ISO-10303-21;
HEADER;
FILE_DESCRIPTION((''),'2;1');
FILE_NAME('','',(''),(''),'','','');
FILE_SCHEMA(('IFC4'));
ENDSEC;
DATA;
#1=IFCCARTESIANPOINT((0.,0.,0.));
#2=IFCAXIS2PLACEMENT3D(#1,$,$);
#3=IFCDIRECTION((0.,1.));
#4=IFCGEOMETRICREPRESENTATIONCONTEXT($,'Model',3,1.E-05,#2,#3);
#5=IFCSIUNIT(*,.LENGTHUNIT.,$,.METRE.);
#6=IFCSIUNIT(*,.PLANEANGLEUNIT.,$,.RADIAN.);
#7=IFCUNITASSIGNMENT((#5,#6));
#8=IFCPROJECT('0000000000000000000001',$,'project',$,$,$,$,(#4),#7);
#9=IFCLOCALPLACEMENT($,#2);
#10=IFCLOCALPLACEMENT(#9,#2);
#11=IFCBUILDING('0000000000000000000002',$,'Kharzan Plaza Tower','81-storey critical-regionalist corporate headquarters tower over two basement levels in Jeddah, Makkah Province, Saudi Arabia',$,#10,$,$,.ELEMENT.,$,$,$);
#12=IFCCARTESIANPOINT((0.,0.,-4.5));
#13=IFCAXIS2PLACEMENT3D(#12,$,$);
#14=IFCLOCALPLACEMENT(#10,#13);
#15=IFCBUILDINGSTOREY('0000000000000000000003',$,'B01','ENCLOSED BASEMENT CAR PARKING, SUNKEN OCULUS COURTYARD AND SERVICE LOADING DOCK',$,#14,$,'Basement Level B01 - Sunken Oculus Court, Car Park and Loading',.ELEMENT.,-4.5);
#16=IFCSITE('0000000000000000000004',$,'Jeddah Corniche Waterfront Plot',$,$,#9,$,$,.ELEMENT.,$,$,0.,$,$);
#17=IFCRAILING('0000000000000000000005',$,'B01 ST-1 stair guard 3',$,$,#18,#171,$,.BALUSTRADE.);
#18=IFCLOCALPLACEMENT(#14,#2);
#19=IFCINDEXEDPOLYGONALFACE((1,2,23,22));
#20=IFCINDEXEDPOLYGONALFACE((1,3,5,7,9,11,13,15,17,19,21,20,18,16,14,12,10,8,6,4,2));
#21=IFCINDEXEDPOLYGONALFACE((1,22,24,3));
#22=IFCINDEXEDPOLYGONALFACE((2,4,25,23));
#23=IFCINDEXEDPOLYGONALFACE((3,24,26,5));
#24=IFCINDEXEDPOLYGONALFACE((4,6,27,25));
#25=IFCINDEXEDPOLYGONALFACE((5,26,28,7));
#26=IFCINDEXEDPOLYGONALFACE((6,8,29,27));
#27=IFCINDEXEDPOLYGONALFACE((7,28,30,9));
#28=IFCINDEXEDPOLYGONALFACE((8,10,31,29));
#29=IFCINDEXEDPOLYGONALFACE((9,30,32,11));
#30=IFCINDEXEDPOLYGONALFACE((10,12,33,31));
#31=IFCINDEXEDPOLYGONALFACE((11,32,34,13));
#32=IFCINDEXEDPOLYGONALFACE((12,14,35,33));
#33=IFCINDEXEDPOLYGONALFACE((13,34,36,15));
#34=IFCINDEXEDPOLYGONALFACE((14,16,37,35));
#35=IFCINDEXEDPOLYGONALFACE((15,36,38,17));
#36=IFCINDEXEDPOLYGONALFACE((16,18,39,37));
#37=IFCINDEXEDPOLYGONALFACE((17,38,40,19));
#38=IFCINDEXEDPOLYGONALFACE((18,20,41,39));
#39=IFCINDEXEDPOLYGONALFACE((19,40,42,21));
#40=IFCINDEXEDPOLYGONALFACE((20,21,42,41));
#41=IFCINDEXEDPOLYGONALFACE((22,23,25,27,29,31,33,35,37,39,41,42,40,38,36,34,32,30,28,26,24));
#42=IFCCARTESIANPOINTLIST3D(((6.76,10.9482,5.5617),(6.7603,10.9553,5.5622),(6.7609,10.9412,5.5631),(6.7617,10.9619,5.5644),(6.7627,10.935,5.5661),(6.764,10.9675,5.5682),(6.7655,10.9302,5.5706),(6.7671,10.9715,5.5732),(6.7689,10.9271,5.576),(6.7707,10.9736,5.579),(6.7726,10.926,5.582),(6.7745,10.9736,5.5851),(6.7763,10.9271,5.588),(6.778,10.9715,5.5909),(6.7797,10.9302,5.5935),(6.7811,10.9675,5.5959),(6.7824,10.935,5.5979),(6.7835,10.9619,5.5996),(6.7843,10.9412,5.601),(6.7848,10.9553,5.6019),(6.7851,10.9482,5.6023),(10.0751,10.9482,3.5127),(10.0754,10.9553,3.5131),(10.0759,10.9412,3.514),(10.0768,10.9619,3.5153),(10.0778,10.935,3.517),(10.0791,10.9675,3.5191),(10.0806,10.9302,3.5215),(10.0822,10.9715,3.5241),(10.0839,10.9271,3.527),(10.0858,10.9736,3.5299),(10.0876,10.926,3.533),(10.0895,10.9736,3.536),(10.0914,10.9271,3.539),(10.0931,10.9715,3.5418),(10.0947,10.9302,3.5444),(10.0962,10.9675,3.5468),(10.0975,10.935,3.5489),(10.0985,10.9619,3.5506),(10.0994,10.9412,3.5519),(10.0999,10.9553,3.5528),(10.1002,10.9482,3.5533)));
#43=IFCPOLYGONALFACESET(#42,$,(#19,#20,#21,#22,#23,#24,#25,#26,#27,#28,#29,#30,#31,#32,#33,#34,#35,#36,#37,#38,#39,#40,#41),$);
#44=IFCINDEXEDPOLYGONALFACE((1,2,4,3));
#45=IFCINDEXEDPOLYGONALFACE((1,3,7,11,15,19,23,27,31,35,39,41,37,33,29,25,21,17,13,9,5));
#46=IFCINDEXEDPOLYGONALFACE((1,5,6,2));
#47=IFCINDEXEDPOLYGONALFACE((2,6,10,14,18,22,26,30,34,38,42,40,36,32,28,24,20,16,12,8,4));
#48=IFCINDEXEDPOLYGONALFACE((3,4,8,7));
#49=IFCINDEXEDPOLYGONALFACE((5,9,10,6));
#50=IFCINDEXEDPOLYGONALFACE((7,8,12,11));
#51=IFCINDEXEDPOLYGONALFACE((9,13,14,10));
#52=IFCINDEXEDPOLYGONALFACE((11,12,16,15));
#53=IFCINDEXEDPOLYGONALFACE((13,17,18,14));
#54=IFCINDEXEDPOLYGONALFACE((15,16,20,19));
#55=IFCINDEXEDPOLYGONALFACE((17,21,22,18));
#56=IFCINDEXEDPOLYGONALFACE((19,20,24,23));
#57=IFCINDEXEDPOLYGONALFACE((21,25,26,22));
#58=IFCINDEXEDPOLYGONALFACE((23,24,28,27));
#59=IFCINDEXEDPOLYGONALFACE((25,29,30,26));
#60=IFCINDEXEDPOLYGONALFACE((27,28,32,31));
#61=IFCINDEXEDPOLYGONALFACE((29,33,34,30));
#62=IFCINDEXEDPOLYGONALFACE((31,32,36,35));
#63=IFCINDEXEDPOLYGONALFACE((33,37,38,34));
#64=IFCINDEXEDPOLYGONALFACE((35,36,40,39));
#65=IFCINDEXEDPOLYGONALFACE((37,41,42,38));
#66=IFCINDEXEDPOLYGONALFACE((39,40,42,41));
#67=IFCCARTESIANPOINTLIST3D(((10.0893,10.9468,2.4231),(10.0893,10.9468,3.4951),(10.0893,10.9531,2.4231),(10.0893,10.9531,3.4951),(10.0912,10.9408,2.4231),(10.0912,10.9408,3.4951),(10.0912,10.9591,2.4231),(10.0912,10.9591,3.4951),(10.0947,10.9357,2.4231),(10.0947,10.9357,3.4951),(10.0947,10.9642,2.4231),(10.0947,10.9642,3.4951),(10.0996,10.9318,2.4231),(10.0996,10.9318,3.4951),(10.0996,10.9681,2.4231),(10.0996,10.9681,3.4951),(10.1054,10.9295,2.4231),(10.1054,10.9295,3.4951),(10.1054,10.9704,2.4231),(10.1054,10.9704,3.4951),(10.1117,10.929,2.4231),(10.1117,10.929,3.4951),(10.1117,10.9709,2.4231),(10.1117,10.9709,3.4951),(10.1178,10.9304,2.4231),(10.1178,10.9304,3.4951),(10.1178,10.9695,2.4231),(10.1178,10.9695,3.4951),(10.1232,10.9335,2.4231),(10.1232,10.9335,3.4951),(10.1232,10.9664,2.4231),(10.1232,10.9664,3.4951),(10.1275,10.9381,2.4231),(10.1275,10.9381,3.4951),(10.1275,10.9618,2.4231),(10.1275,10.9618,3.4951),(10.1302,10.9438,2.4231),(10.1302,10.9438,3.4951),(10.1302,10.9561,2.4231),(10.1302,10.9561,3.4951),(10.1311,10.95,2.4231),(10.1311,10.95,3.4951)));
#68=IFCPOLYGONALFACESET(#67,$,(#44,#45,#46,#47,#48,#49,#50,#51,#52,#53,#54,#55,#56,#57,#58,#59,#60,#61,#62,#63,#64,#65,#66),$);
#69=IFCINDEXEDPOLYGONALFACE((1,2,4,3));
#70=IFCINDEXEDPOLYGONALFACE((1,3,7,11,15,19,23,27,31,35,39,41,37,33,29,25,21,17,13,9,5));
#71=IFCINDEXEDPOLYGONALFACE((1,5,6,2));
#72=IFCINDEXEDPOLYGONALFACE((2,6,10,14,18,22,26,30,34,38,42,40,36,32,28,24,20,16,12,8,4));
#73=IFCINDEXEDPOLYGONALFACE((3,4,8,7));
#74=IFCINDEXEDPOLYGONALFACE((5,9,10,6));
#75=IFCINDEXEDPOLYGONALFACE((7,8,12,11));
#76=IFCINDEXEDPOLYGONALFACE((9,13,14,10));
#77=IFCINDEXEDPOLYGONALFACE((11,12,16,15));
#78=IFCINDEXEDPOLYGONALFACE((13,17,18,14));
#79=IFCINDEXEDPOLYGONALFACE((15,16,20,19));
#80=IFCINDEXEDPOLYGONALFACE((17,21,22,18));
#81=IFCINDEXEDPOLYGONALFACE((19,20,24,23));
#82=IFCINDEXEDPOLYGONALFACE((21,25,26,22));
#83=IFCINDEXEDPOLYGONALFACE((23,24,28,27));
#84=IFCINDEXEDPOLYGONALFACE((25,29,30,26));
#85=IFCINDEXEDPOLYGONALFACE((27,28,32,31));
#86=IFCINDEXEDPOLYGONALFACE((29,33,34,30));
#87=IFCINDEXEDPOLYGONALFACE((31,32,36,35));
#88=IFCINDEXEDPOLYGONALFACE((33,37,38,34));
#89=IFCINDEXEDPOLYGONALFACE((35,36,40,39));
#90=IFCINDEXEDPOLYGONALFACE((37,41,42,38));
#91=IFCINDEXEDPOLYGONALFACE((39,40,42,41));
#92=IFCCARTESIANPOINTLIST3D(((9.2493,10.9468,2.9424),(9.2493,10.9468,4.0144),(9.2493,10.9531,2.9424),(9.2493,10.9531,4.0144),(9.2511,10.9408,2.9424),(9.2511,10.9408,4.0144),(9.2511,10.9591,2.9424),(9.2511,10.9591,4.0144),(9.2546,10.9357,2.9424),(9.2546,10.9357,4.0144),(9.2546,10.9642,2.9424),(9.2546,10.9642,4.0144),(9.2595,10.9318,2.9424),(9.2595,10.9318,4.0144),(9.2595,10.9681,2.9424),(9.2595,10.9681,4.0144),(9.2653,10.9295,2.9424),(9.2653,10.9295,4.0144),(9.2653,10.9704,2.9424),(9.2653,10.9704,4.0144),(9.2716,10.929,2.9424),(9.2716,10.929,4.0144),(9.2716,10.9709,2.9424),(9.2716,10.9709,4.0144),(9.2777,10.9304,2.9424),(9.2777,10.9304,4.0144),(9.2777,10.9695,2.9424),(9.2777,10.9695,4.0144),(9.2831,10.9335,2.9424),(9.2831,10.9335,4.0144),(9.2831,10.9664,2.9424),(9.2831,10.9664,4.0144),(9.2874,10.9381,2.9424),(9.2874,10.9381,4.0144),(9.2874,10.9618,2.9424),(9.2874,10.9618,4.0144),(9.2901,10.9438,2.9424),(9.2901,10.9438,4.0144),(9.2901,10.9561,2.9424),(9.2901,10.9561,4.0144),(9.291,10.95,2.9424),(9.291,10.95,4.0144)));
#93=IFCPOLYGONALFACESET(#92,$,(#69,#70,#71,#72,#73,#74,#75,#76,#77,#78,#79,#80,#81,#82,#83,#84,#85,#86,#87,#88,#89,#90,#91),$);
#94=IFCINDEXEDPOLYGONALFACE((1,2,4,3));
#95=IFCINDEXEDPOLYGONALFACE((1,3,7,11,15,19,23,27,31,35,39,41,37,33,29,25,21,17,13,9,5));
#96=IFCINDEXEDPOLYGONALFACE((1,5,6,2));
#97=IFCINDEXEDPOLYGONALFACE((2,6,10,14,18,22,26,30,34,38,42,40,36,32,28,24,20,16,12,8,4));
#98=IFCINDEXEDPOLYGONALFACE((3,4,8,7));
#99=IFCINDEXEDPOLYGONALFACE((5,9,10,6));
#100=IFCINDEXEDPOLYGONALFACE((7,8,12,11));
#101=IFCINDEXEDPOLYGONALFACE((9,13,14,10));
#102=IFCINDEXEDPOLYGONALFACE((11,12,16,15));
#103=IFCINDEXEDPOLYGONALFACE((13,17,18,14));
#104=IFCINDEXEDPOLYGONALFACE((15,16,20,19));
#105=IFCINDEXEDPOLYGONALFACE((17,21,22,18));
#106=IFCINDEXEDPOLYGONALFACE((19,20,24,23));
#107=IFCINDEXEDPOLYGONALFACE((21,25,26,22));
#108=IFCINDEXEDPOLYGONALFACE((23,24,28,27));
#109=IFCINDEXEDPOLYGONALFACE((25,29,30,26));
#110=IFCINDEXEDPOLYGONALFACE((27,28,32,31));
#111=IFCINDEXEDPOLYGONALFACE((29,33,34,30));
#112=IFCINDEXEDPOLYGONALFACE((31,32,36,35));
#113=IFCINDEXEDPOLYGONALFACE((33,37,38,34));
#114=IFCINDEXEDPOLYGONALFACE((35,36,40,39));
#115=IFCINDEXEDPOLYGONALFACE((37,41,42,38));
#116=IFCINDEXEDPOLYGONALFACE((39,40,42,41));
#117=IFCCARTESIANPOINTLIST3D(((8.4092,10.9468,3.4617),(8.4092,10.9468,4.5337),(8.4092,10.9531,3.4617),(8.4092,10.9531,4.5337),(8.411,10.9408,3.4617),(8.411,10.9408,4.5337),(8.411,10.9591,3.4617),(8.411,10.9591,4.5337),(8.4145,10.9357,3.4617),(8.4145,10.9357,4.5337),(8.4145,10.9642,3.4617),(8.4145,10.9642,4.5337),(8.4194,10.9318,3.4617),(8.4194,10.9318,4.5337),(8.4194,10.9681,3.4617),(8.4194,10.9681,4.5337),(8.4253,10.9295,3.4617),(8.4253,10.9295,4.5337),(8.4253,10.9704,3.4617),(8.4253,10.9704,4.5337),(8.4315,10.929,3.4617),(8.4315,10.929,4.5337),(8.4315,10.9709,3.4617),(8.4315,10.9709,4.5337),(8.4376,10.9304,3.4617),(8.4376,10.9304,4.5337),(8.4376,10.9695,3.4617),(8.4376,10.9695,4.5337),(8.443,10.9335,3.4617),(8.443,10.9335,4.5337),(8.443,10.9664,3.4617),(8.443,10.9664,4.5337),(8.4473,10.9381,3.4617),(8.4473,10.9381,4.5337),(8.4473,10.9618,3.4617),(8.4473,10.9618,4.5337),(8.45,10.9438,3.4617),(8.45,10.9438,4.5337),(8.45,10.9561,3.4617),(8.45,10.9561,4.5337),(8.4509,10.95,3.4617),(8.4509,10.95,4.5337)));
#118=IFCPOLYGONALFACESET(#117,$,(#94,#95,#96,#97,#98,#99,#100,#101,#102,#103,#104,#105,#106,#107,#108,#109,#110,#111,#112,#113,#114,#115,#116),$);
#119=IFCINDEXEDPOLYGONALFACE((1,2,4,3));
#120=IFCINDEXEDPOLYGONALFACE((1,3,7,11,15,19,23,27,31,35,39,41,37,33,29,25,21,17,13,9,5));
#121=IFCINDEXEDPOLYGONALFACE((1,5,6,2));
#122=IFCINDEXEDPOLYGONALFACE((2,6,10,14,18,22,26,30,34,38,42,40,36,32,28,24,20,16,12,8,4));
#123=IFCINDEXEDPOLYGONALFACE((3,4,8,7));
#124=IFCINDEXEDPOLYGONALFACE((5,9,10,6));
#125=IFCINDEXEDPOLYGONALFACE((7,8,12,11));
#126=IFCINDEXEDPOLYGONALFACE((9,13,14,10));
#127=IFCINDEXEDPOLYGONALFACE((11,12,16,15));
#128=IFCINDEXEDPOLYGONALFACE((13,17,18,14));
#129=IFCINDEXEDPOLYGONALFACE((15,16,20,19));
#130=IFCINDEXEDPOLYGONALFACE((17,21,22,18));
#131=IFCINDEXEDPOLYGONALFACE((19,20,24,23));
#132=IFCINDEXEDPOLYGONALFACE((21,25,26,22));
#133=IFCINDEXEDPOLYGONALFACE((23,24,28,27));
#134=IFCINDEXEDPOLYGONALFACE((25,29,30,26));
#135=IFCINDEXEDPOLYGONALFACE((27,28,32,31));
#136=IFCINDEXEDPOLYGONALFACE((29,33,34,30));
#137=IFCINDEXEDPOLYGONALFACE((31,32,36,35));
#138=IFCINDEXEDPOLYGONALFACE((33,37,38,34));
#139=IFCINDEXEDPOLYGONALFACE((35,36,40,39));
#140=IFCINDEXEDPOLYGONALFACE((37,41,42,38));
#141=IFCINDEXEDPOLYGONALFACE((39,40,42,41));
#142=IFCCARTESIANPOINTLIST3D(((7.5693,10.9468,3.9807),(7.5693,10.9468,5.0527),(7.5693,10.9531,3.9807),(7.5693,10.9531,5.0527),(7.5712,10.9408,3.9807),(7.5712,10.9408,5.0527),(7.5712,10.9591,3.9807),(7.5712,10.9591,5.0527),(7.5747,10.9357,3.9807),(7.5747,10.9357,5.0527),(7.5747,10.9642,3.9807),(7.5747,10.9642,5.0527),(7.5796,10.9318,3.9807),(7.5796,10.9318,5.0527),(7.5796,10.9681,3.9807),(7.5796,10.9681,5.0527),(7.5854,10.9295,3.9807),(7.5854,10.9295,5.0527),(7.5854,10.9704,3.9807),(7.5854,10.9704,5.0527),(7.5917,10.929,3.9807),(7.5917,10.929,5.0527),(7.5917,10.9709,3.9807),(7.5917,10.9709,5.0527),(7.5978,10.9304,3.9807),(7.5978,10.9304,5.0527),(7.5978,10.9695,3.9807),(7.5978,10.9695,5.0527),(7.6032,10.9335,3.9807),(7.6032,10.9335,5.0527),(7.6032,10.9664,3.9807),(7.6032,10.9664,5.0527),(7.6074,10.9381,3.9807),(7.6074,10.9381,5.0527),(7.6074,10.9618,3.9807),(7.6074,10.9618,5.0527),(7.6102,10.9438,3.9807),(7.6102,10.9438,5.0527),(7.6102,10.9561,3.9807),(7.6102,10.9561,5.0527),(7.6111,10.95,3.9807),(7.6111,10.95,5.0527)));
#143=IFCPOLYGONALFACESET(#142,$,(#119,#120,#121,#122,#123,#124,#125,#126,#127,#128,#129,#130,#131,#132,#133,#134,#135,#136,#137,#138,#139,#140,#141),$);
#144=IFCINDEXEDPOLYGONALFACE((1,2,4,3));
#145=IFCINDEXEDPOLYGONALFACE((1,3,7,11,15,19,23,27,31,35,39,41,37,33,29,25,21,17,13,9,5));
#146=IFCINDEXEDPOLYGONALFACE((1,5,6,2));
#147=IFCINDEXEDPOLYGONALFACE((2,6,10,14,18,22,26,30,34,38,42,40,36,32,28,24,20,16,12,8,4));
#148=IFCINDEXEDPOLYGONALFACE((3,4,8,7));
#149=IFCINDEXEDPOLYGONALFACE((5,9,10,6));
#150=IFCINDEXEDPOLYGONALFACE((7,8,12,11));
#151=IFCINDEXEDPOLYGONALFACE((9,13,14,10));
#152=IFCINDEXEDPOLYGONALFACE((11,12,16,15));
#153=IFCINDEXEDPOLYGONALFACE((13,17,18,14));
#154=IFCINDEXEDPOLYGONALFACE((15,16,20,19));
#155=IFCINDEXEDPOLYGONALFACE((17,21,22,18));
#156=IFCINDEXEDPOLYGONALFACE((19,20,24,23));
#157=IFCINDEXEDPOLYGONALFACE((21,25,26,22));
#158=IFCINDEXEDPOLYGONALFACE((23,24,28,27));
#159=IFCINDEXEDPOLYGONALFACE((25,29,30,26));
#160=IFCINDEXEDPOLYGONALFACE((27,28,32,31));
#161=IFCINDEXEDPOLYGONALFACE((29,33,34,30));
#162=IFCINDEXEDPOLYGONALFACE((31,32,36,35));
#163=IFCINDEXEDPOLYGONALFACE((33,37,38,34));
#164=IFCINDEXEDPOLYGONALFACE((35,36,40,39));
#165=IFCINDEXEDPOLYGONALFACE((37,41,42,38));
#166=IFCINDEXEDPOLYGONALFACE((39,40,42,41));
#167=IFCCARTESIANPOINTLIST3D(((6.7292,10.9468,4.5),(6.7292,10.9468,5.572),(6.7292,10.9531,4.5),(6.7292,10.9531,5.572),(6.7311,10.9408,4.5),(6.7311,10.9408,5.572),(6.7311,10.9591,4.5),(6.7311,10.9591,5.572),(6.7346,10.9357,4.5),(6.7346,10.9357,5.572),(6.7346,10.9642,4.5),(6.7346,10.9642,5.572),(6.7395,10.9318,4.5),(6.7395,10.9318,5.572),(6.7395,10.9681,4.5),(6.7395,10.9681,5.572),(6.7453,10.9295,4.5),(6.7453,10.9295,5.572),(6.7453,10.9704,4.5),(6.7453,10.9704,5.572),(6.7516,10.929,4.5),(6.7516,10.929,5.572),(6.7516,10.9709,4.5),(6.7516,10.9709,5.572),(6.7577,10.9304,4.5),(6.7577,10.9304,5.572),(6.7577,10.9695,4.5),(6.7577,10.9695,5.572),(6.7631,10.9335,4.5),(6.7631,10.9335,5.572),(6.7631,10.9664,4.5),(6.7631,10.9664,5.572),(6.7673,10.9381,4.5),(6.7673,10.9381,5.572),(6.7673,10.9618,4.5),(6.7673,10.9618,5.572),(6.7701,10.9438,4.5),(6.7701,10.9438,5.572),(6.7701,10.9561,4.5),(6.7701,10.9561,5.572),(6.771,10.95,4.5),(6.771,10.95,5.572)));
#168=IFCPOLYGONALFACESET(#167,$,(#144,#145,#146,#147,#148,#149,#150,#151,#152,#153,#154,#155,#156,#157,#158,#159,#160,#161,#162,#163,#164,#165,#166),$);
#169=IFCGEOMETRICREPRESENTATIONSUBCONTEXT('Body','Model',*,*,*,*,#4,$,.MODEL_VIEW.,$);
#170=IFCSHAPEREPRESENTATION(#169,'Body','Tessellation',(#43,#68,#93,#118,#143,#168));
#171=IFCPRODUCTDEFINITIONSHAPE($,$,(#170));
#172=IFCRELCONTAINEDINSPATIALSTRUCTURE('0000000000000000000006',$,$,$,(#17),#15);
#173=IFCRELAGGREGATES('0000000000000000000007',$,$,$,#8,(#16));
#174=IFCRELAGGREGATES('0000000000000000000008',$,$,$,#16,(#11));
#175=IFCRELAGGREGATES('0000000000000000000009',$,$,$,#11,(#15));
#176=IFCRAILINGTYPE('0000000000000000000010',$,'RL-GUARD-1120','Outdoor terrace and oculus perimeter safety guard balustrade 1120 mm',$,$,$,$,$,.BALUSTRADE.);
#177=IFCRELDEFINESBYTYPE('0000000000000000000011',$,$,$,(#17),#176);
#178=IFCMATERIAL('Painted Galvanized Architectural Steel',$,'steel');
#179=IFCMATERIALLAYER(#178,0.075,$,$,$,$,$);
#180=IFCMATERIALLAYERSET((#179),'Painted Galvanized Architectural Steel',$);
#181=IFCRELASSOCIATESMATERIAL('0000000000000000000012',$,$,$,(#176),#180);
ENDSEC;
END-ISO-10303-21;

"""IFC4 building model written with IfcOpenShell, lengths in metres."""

from ifc_helpers import new_model, si_unit, direction, frame, origin, origin_2d, place, context, subcontext, project, spatial, circle, extrude, source, transform, mapped, material, layer, layer_set, type_object, element, save


model = new_model("IFC4")

# Units and contexts
model_context = context("Model", 3, precision=1e-05, world=origin(), true_north=direction((0.0, 1.0)))
body_context = subcontext(model_context, "Body", "Model", "MODEL_VIEW")
ifc_project = project(units=[si_unit("LENGTHUNIT", "METRE"), si_unit("PLANEANGLEUNIT", "RADIAN")], contexts=[model_context])

# Site, building, storey
site_placement = place(None, origin())
site = spatial("IfcSite", under=ifc_project, at=site_placement, Name="Jeddah Corniche Waterfront Plot", CompositionType="ELEMENT", RefElevation=0.0)
building_placement = place(site_placement, origin())
building = spatial("IfcBuilding", under=site, at=building_placement, Name="Kharzan Plaza Tower", Description="81-storey critical-regionalist corporate headquarters tower over two basement levels in Jeddah, Makkah Province, Saudi Arabia", CompositionType="ELEMENT")
storey_placement = place(building_placement, frame((0.0, 0.0, -4.5)))
storey = spatial("IfcBuildingStorey", under=building, at=storey_placement, Name="B01", Description="ENCLOSED BASEMENT CAR PARKING, SUNKEN OCULUS COURTYARD AND SERVICE LOADING DOCK", LongName="Basement Level B01 - Sunken Oculus Court, Car Park and Loading", CompositionType="ELEMENT", Elevation=-4.5)

# Railing
ifc_material_1 = material(Name="Painted Galvanized Architectural Steel", Category="steel")
ifc_layer_1 = layer(ifc_material_1, 0.075)
ifc_layer_set_1 = layer_set([ifc_layer_1], Name="Painted Galvanized Architectural Steel")
railing_type_1 = type_object("IfcRailingType", Name="RL-GUARD-1120", Description="Outdoor terrace and oculus perimeter safety guard balustrade 1120 mm", PredefinedType="BALUSTRADE", material=ifc_layer_set_1)
shared_shape_1 = source(origin(), body_context, "Body", "SweptSolid", [
    extrude(circle(Radius=0.0239, at=origin_2d()), frame((-0.0225, 0.0, 1.1099), z_axis=(-0.850623, 0.0, 0.525776), x_axis=(0.0, -1.0, 0.0)), (0.0, 0.0, 1.0), 3.8972),
    extrude(circle(Radius=0.021, at=origin_2d()), origin(), (0.0, 0.0, 1.0), 1.072),
    extrude(circle(Radius=0.021, at=origin_2d()), frame((-0.8401, 0.0, 0.5193)), (0.0, 0.0, 1.0), 1.072),
    extrude(circle(Radius=0.021, at=origin_2d()), frame((-1.6802, 0.0, 1.0386)), (0.0, 0.0, 1.0), 1.072),
    extrude(circle(Radius=0.021, at=origin_2d()), frame((-2.52, 0.0, 1.5576)), (0.0, 0.0, 1.0), 1.072),
    extrude(circle(Radius=0.021, at=origin_2d()), frame((-3.3601, 0.0, 2.0769)), (0.0, 0.0, 1.0), 1.072),
])
railing_1_placement = place(storey_placement, frame((10.1101, 10.95, 2.4231)))
element("IfcRailing", 1, at=railing_1_placement, inside=storey, type_object=railing_type_1, Name="B01 ST-1 stair guard 3", PredefinedType="BALUSTRADE", context=body_context, shape_type="MappedRepresentation", body=[
    mapped(shared_shape_1, transform((0.0, 0.0, 0.0), x_axis=(1.0, 0.0, 0.0), y_axis=(0.0, 1.0, 0.0), z_axis=(0.0, 0.0, 1.0))),
])

save(model, "model.ifc")
